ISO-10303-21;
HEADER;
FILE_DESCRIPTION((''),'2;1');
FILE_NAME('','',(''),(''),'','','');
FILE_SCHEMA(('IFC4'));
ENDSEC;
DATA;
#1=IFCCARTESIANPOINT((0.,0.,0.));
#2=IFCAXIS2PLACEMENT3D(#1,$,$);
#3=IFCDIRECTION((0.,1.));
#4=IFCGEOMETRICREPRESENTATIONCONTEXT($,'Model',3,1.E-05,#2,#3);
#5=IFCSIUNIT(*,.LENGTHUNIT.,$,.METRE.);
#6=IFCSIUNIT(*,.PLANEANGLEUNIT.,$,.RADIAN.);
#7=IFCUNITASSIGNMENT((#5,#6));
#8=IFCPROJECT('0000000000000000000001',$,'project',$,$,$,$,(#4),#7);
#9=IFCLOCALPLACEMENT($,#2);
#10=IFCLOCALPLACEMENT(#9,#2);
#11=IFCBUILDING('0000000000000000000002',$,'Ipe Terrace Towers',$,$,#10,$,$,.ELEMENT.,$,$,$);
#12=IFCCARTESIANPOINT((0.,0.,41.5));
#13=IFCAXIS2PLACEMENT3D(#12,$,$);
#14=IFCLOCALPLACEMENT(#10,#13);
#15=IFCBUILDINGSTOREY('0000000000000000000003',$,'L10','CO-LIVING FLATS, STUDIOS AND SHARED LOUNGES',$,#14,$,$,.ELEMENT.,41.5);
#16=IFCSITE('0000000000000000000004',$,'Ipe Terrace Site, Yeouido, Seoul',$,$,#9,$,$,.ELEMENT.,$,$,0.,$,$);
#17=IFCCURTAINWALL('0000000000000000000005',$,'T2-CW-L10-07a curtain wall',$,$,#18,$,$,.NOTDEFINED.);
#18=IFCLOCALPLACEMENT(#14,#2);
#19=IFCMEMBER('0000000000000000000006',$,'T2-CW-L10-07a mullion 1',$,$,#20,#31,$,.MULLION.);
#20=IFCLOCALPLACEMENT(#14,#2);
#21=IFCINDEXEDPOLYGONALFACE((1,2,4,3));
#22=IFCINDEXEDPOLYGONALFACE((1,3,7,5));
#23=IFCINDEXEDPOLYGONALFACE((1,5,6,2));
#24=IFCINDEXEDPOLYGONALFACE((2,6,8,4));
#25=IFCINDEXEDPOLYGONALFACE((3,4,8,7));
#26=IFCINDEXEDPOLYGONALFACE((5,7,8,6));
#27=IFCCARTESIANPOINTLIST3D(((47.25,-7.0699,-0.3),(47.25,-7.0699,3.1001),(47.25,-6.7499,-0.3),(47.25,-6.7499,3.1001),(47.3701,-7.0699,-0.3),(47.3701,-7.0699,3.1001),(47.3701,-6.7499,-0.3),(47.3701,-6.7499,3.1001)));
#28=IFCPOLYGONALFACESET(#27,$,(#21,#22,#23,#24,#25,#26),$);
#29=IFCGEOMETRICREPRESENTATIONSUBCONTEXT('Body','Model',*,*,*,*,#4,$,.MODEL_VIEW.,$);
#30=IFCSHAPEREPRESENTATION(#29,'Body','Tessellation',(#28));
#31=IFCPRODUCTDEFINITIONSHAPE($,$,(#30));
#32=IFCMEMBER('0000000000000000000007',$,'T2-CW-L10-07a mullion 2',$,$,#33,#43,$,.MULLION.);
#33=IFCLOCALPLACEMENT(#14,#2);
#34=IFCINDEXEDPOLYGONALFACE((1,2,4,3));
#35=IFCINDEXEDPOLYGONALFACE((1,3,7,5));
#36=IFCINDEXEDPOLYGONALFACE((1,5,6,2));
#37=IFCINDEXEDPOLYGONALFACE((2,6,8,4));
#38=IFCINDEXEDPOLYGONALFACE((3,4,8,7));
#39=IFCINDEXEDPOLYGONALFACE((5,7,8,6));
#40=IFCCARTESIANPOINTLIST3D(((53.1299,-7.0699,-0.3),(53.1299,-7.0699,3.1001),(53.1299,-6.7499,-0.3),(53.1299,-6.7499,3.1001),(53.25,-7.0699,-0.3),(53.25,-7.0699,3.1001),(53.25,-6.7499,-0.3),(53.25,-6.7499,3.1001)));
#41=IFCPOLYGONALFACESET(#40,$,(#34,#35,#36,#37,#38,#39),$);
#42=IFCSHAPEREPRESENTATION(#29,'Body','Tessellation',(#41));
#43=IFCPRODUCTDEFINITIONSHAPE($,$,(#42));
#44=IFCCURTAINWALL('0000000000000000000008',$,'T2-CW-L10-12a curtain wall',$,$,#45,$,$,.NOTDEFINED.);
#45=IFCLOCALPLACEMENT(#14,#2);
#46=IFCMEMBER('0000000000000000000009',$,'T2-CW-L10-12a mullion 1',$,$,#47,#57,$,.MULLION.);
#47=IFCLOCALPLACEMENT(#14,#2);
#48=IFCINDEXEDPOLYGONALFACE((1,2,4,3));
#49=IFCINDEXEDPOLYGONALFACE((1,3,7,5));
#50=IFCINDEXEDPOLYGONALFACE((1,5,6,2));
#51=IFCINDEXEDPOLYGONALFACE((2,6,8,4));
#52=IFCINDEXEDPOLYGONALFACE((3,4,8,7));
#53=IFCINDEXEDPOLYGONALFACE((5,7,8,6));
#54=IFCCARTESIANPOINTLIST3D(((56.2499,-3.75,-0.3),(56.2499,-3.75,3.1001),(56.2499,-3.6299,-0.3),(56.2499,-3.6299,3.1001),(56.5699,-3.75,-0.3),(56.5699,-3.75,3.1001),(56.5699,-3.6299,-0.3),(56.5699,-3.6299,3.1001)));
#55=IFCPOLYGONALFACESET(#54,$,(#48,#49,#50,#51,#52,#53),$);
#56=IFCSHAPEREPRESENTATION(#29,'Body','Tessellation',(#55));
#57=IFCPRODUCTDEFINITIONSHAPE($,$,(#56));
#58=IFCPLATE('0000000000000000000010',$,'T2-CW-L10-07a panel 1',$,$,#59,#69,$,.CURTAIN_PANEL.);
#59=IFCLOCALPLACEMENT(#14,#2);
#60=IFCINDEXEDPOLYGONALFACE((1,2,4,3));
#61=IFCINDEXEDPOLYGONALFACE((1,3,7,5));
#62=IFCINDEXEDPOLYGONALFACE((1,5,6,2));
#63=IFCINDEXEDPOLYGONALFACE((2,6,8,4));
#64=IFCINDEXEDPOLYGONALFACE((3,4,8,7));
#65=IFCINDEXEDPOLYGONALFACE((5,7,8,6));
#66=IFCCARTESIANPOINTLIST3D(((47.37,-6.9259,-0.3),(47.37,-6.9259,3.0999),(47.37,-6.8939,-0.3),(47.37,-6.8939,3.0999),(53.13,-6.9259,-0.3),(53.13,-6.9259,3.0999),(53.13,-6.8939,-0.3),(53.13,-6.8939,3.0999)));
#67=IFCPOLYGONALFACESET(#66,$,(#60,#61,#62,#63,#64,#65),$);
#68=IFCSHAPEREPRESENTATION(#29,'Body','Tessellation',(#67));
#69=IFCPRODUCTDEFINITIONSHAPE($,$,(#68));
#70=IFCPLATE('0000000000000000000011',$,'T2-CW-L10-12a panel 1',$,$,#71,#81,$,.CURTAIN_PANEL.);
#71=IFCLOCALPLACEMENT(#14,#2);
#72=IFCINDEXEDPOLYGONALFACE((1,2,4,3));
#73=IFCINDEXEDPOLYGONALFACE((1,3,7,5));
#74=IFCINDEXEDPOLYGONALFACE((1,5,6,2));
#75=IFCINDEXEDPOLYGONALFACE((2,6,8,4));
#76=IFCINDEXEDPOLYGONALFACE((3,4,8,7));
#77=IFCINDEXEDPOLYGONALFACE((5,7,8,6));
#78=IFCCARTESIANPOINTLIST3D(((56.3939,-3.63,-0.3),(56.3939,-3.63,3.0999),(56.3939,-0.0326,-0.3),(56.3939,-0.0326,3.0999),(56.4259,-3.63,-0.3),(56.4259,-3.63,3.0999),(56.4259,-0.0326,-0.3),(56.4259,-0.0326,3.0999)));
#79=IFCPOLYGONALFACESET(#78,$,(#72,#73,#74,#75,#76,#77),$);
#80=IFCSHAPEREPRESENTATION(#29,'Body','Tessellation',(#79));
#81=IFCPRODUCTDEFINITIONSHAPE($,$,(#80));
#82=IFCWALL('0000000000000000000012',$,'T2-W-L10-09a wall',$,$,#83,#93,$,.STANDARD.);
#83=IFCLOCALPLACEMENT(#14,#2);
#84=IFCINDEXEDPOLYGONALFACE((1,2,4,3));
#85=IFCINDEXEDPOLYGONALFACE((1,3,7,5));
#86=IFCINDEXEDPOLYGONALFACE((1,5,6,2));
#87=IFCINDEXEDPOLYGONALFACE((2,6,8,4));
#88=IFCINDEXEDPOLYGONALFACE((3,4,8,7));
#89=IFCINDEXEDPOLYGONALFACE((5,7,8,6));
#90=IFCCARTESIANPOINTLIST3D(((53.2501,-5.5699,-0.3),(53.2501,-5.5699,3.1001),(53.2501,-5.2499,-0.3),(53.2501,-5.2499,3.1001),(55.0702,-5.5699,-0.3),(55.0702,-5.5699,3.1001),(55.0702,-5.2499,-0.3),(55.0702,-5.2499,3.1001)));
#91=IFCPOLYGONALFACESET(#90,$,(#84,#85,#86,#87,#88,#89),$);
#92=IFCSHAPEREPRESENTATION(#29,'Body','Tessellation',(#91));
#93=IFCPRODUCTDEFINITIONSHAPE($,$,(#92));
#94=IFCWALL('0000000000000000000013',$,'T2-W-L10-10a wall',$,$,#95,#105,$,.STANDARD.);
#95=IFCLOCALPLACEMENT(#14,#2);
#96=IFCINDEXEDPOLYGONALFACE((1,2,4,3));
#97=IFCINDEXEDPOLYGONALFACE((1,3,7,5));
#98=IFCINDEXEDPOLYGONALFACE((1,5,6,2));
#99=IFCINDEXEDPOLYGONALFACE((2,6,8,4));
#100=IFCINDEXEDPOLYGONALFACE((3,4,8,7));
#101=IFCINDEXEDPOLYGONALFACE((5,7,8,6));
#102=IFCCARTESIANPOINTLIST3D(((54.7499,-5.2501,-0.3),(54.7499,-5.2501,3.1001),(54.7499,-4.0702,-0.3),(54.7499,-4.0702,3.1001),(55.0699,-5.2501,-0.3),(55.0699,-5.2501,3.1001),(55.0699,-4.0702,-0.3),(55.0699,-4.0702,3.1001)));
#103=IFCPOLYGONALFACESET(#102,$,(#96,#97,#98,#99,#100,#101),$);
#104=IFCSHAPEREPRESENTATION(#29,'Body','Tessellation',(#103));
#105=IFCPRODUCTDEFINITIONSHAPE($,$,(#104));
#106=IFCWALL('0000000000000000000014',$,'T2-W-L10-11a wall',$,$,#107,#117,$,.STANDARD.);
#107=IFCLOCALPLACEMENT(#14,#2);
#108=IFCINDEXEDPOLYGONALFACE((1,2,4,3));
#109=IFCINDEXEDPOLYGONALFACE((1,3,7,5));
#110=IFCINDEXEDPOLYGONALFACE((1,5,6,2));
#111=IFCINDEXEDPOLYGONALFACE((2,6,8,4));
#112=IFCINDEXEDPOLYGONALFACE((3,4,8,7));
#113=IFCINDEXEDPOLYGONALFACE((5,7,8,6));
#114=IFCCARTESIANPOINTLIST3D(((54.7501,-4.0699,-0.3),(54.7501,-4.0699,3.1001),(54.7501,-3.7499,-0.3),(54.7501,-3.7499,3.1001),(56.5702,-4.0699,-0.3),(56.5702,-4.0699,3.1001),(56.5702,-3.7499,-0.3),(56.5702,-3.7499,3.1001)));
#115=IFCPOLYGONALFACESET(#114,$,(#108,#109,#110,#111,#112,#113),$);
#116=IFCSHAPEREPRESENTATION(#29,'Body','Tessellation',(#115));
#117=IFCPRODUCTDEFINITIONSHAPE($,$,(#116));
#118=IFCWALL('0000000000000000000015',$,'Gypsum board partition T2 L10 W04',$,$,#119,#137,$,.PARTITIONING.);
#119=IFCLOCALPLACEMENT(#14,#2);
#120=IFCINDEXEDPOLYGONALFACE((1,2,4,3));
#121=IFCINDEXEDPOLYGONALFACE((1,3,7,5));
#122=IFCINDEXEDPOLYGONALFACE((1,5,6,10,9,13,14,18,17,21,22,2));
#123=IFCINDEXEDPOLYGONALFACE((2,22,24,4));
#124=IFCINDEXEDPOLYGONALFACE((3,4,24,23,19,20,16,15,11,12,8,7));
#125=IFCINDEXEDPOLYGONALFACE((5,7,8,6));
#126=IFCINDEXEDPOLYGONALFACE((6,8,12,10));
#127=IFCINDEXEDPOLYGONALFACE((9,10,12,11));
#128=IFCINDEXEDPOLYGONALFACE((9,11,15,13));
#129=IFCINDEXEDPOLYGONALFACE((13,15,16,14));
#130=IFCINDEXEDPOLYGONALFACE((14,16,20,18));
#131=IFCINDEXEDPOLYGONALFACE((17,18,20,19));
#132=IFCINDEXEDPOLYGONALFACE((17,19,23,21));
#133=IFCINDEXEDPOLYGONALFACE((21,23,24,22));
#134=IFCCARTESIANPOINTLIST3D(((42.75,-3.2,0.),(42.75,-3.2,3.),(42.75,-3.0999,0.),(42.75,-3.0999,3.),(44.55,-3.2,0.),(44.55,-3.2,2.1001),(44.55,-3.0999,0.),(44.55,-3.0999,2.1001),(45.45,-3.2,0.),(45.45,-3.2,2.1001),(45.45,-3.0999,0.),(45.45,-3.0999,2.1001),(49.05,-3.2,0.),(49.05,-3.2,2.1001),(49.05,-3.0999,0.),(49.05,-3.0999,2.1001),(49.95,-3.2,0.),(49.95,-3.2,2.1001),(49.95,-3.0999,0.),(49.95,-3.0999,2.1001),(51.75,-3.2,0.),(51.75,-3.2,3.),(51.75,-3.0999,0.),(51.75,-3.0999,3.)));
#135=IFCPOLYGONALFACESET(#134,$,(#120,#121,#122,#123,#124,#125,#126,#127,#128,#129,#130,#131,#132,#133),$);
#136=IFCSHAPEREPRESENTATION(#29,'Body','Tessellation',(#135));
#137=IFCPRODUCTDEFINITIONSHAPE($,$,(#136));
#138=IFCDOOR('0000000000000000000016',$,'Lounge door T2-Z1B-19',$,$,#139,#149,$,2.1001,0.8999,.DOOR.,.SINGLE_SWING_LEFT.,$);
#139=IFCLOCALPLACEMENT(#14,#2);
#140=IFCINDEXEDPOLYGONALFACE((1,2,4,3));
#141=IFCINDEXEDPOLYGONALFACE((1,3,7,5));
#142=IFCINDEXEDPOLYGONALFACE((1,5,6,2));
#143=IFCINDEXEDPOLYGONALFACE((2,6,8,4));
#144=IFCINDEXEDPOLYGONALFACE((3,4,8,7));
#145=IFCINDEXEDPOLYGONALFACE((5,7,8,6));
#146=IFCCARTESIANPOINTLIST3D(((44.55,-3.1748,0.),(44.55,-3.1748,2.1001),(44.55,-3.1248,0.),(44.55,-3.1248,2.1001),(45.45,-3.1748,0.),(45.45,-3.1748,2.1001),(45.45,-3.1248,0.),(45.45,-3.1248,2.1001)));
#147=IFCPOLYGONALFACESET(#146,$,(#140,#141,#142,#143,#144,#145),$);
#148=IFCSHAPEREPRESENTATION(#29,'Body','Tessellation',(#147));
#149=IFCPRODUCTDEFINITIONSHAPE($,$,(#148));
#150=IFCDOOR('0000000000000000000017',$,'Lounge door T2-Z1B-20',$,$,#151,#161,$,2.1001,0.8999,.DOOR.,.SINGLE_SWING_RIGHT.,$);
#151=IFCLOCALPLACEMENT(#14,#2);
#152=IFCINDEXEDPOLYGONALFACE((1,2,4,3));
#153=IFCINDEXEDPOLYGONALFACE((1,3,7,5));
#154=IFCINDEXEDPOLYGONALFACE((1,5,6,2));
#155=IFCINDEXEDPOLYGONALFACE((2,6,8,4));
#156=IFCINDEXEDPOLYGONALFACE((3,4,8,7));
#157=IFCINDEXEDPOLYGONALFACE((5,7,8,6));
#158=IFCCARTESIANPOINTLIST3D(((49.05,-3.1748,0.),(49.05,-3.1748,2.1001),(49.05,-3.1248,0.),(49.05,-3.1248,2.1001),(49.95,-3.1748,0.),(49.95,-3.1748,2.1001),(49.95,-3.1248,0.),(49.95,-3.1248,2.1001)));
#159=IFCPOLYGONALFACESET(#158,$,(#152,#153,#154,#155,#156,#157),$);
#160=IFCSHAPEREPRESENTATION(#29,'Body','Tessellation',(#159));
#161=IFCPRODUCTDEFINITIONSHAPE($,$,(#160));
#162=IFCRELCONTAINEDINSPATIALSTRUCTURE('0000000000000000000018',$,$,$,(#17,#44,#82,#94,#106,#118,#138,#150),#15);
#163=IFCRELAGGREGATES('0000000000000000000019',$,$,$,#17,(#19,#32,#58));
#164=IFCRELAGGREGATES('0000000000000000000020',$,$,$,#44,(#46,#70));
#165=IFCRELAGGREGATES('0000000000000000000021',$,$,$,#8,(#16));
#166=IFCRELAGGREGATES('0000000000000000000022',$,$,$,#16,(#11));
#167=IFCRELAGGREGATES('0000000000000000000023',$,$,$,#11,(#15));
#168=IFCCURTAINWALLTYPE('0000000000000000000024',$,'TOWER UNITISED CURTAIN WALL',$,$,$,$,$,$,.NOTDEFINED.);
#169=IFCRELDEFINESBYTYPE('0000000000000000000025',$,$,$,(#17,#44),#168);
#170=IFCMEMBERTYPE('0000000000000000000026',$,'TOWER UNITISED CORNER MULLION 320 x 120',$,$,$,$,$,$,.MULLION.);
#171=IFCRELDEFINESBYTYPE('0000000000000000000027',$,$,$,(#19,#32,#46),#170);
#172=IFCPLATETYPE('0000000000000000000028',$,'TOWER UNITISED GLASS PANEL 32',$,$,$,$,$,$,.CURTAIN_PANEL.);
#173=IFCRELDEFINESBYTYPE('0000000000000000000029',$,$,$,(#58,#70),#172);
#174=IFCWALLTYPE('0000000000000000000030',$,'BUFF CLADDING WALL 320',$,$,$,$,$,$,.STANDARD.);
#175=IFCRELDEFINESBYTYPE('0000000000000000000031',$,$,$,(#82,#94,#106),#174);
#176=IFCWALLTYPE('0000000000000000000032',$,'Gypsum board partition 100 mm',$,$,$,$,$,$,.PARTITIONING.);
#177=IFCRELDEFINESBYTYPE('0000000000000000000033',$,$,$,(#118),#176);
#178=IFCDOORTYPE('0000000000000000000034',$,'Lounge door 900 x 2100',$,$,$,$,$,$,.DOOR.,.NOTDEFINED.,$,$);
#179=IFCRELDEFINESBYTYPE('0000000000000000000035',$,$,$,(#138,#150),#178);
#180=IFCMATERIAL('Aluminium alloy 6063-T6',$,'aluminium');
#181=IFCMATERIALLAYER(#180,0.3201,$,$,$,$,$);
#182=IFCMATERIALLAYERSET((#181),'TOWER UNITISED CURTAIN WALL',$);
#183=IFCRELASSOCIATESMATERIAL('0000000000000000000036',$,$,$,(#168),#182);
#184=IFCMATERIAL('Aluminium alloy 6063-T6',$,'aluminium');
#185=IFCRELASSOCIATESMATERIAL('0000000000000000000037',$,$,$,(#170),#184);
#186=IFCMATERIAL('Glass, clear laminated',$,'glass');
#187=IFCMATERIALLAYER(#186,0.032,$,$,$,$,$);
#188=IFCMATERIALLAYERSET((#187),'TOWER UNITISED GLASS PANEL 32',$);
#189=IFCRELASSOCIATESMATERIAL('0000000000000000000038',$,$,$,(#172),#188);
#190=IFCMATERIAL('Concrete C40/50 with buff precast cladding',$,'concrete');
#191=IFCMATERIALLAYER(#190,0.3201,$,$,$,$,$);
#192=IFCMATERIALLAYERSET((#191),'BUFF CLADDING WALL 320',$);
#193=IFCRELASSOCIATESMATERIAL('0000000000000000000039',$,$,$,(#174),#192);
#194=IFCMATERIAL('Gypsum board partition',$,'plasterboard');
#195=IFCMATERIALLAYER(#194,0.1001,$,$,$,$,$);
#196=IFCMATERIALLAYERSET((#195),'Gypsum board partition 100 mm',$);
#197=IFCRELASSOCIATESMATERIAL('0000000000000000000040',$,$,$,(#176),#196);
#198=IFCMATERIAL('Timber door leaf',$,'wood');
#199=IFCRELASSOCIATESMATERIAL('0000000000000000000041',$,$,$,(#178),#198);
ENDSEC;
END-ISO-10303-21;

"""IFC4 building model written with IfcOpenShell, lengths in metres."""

from ifc_helpers import new_model, si_unit, direction, frame, frame_2d, origin, origin_2d, place, context, subcontext, project, spatial, rectangle, extrude, material, layer, layer_set, material_profile, profile_set, type_object, element, fill, aggregate, save


model = new_model("IFC4")

# Units and contexts
model_context = context("Model", 3, precision=1e-05, world=origin(), true_north=direction((0.0, 1.0)))
body_context = subcontext(model_context, "Body", "Model", "MODEL_VIEW")
ifc_project = project(units=[si_unit("LENGTHUNIT", "METRE"), si_unit("PLANEANGLEUNIT", "RADIAN")], contexts=[model_context])

# Site, building, storey
site_placement = place(None, origin())
site = spatial("IfcSite", under=ifc_project, at=site_placement, Name="Ipe Terrace Site, Yeouido, Seoul", CompositionType="ELEMENT", RefElevation=0.0)
building_placement = place(site_placement, origin())
building = spatial("IfcBuilding", under=site, at=building_placement, Name="Ipe Terrace Towers", CompositionType="ELEMENT")
storey_placement = place(building_placement, frame((0.0, 0.0, 41.5)))
storey = spatial("IfcBuildingStorey", under=building, at=storey_placement, Name="L10", Description="CO-LIVING FLATS, STUDIOS AND SHARED LOUNGES", CompositionType="ELEMENT", Elevation=41.5)

# Curtain wall, members
ifc_material_1 = material(Name="Aluminium alloy 6063-T6", Category="aluminium")
ifc_layer_1 = layer(ifc_material_1, 0.3201)
ifc_layer_set_1 = layer_set([ifc_layer_1], Name="TOWER UNITISED CURTAIN WALL")
curtain_wall_type = type_object("IfcCurtainWallType", Name="TOWER UNITISED CURTAIN WALL", PredefinedType="NOTDEFINED", material=ifc_layer_set_1)
curtain_wall_1_placement = place(storey_placement, origin())
curtain_wall_1 = element("IfcCurtainWall", 1, at=curtain_wall_1_placement, inside=storey, type_object=curtain_wall_type, Name="T2-CW-L10-07a curtain wall", PredefinedType="NOTDEFINED")
ifc_material_2 = material(Name="Aluminium alloy 6063-T6", Category="aluminium")
ifc_material_profile_1 = material_profile(ifc_material_2, rectangle(XDim=0.3201, YDim=0.1201, at=origin_2d()), Name="TOWER UNITISED CORNER MULLION 320 x 120")
ifc_profile_set_1 = profile_set([ifc_material_profile_1], Name="Aluminium alloy 6063-T6")
member_type = type_object("IfcMemberType", Name="TOWER UNITISED CORNER MULLION 320 x 120", PredefinedType="MULLION", material=ifc_profile_set_1)
member_1_placement = place(storey_placement, frame((47.3101, -6.9099, -0.3), z_axis=(0.0, 0.0, 1.0), x_axis=(0.0, -1.0, 0.0)))
member_1 = element("IfcMember", 2, at=member_1_placement, type_object=member_type, Name="T2-CW-L10-07a mullion 1", PredefinedType="MULLION", context=body_context, shape_type="SweptSolid", body=[
    extrude(rectangle(XDim=0.3201, YDim=0.1201, at=origin_2d()), origin(), (0.0, 0.0, 1.0), 3.4001),
])
member_2_placement = place(storey_placement, frame((53.1899, -6.9099, -0.3), z_axis=(0.0, 0.0, 1.0), x_axis=(0.0, -1.0, 0.0)))
member_2 = element("IfcMember", 3, at=member_2_placement, type_object=member_type, Name="T2-CW-L10-07a mullion 2", PredefinedType="MULLION", context=body_context, shape_type="SweptSolid", body=[
    extrude(rectangle(XDim=0.3201, YDim=0.1201, at=origin_2d()), origin(), (0.0, 0.0, 1.0), 3.4001),
])

# Curtain wall, member
curtain_wall_2_placement = place(storey_placement, origin())
curtain_wall_2 = element("IfcCurtainWall", 4, at=curtain_wall_2_placement, inside=storey, type_object=curtain_wall_type, Name="T2-CW-L10-12a curtain wall", PredefinedType="NOTDEFINED")
member_3_placement = place(storey_placement, frame((56.4099, -3.6899, -0.3), z_axis=(0.0, 0.0, 1.0), x_axis=(1.0, 0.0, 0.0)))
member_3 = element("IfcMember", 5, at=member_3_placement, type_object=member_type, Name="T2-CW-L10-12a mullion 1", PredefinedType="MULLION", context=body_context, shape_type="SweptSolid", body=[
    extrude(rectangle(XDim=0.3201, YDim=0.1201, at=origin_2d()), origin(), (0.0, 0.0, 1.0), 3.4001),
])

# Plates
ifc_material_3 = material(Name="Glass, clear laminated", Category="glass")
ifc_layer_2 = layer(ifc_material_3, 0.032)
ifc_layer_set_2 = layer_set([ifc_layer_2], Name="TOWER UNITISED GLASS PANEL 32")
plate_type = type_object("IfcPlateType", Name="TOWER UNITISED GLASS PANEL 32", PredefinedType="CURTAIN_PANEL", material=ifc_layer_set_2)
plate_1_placement = place(storey_placement, frame((50.25, -6.9099, -0.3), z_axis=(0.0, 0.0, 1.0), x_axis=(1.0, 0.0, 0.0)))
plate_1 = element("IfcPlate", 6, at=plate_1_placement, type_object=plate_type, Name="T2-CW-L10-07a panel 1", PredefinedType="CURTAIN_PANEL", context=body_context, shape_type="SweptSolid", body=[
    extrude(rectangle(XDim=5.76, YDim=0.032, at=origin_2d()), origin(), (0.0, 0.0, 1.0), 3.3999),
])
aggregate(curtain_wall_1, [member_1, member_2, plate_1])
plate_2_placement = place(storey_placement, frame((56.4099, -1.8313, -0.3), z_axis=(0.0, 0.0, 1.0), x_axis=(0.0, 1.0, 0.0)))
plate_2 = element("IfcPlate", 7, at=plate_2_placement, type_object=plate_type, Name="T2-CW-L10-12a panel 1", PredefinedType="CURTAIN_PANEL", context=body_context, shape_type="SweptSolid", body=[
    extrude(rectangle(XDim=3.5974, YDim=0.032, at=origin_2d()), origin(), (0.0, 0.0, 1.0), 3.3999),
])
aggregate(curtain_wall_2, [member_3, plate_2])

# Walls
ifc_material_4 = material(Name="Concrete C40/50 with buff precast cladding", Category="concrete")
ifc_layer_3 = layer(ifc_material_4, 0.3201)
ifc_layer_set_3 = layer_set([ifc_layer_3], Name="BUFF CLADDING WALL 320")
wall_type_1 = type_object("IfcWallType", Name="BUFF CLADDING WALL 320", PredefinedType="STANDARD", material=ifc_layer_set_3)
wall_1_placement = place(storey_placement, frame((53.25, -5.4099, -0.3), z_axis=(0.0, 0.0, 1.0), x_axis=(1.0, 0.0, 0.0)))
element("IfcWall", 8, at=wall_1_placement, inside=storey, type_object=wall_type_1, Name="T2-W-L10-09a wall", PredefinedType="STANDARD", context=body_context, shape_type="SweptSolid", body=[
    extrude(rectangle(XDim=1.8201, YDim=0.3201, at=frame_2d((0.9102, 0.0))), origin(), (0.0, 0.0, 1.0), 3.4001),
])
wall_2_placement = place(storey_placement, frame((54.9099, -5.25, -0.3), z_axis=(0.0, 0.0, 1.0), x_axis=(0.0, 1.0, 0.0)))
element("IfcWall", 9, at=wall_2_placement, inside=storey, type_object=wall_type_1, Name="T2-W-L10-10a wall", PredefinedType="STANDARD", context=body_context, shape_type="SweptSolid", body=[
    extrude(rectangle(XDim=1.1799, YDim=0.3201, at=frame_2d((0.5898, 0.0))), origin(), (0.0, 0.0, 1.0), 3.4001),
])
wall_3_placement = place(storey_placement, frame((54.75, -3.9099, -0.3), z_axis=(0.0, 0.0, 1.0), x_axis=(1.0, 0.0, 0.0)))
element("IfcWall", 10, at=wall_3_placement, inside=storey, type_object=wall_type_1, Name="T2-W-L10-11a wall", PredefinedType="STANDARD", context=body_context, shape_type="SweptSolid", body=[
    extrude(rectangle(XDim=1.8201, YDim=0.3201, at=frame_2d((0.9102, 0.0))), origin(), (0.0, 0.0, 1.0), 3.4001),
])

# Wall, openings, doors
ifc_material_5 = material(Name="Gypsum board partition", Category="plasterboard")
ifc_layer_4 = layer(ifc_material_5, 0.1001)
ifc_layer_set_4 = layer_set([ifc_layer_4], Name="Gypsum board partition 100 mm")
wall_type_2 = type_object("IfcWallType", Name="Gypsum board partition 100 mm", PredefinedType="PARTITIONING", material=ifc_layer_set_4)
wall_4_placement = place(storey_placement, frame((51.75, -3.1499, 0.0), z_axis=(0.0, 0.0, 1.0), x_axis=(-1.0, 0.0, 0.0)))
wall_4 = element("IfcWall", 11, at=wall_4_placement, inside=storey, type_object=wall_type_2, Name="Gypsum board partition T2 L10 W04", PredefinedType="PARTITIONING", context=body_context, shape_type="SweptSolid", body=[
    extrude(rectangle(XDim=9.0, YDim=0.1001, at=frame_2d((4.5, 0.0))), origin(), (0.0, 0.0, 1.0), 3.0),
])
opening_1_placement = place(wall_4_placement, frame((6.3, 0.0, 0.0)))
opening_1 = element("IfcOpeningElement", 12, at=opening_1_placement, cuts=wall_4, PredefinedType="OPENING", context=body_context, shape_type="SweptSolid", body=[
    extrude(rectangle(XDim=0.8999, YDim=2.1001, at=frame_2d((0.45, 1.05))), frame((0.0, 0.0601, 0.0), z_axis=(0.0, -1.0, 0.0), x_axis=(1.0, 0.0, 0.0)), (0.0, 0.0, 1.0), 0.1201),
])
opening_2_placement = place(wall_4_placement, frame((1.8, 0.0, 0.0)))
opening_2 = element("IfcOpeningElement", 13, at=opening_2_placement, cuts=wall_4, PredefinedType="OPENING", context=body_context, shape_type="SweptSolid", body=[
    extrude(rectangle(XDim=0.8999, YDim=2.1001, at=frame_2d((0.45, 1.05))), frame((0.0, 0.0601, 0.0), z_axis=(0.0, -1.0, 0.0), x_axis=(1.0, 0.0, 0.0)), (0.0, 0.0, 1.0), 0.1201),
])
ifc_material_6 = material(Name="Timber door leaf", Category="wood")
door_type_1 = type_object("IfcDoorType", Name="Lounge door 900 x 2100", OperationType="NOTDEFINED", PredefinedType="DOOR", material=ifc_material_6)
door_1_placement = place(opening_1_placement, origin())
door_1 = element("IfcDoor", 14, at=door_1_placement, inside=storey, type_object=door_type_1, Name="Lounge door T2-Z1B-19", OperationType="SINGLE_SWING_LEFT", OverallHeight=2.1001, OverallWidth=0.8999, PredefinedType="DOOR", context=body_context, shape_type="SweptSolid", body=[
    extrude(rectangle(XDim=0.8999, YDim=2.1001, at=frame_2d((0.45, 1.05))), frame((0.0, 0.0249, 0.0), z_axis=(0.0, -1.0, 0.0), x_axis=(1.0, 0.0, 0.0)), (0.0, 0.0, 1.0), 0.05),
])
fill(opening_1, door_1)
door_2_placement = place(opening_2_placement, origin())
door_2 = element("IfcDoor", 15, at=door_2_placement, inside=storey, type_object=door_type_1, Name="Lounge door T2-Z1B-20", OperationType="SINGLE_SWING_RIGHT", OverallHeight=2.1001, OverallWidth=0.8999, PredefinedType="DOOR", context=body_context, shape_type="SweptSolid", body=[
    extrude(rectangle(XDim=0.8999, YDim=2.1001, at=frame_2d((0.45, 1.05))), frame((0.0, 0.0249, 0.0), z_axis=(0.0, -1.0, 0.0), x_axis=(1.0, 0.0, 0.0)), (0.0, 0.0, 1.0), 0.05),
])
fill(opening_2, door_2)

save(model, "model.ifc")
